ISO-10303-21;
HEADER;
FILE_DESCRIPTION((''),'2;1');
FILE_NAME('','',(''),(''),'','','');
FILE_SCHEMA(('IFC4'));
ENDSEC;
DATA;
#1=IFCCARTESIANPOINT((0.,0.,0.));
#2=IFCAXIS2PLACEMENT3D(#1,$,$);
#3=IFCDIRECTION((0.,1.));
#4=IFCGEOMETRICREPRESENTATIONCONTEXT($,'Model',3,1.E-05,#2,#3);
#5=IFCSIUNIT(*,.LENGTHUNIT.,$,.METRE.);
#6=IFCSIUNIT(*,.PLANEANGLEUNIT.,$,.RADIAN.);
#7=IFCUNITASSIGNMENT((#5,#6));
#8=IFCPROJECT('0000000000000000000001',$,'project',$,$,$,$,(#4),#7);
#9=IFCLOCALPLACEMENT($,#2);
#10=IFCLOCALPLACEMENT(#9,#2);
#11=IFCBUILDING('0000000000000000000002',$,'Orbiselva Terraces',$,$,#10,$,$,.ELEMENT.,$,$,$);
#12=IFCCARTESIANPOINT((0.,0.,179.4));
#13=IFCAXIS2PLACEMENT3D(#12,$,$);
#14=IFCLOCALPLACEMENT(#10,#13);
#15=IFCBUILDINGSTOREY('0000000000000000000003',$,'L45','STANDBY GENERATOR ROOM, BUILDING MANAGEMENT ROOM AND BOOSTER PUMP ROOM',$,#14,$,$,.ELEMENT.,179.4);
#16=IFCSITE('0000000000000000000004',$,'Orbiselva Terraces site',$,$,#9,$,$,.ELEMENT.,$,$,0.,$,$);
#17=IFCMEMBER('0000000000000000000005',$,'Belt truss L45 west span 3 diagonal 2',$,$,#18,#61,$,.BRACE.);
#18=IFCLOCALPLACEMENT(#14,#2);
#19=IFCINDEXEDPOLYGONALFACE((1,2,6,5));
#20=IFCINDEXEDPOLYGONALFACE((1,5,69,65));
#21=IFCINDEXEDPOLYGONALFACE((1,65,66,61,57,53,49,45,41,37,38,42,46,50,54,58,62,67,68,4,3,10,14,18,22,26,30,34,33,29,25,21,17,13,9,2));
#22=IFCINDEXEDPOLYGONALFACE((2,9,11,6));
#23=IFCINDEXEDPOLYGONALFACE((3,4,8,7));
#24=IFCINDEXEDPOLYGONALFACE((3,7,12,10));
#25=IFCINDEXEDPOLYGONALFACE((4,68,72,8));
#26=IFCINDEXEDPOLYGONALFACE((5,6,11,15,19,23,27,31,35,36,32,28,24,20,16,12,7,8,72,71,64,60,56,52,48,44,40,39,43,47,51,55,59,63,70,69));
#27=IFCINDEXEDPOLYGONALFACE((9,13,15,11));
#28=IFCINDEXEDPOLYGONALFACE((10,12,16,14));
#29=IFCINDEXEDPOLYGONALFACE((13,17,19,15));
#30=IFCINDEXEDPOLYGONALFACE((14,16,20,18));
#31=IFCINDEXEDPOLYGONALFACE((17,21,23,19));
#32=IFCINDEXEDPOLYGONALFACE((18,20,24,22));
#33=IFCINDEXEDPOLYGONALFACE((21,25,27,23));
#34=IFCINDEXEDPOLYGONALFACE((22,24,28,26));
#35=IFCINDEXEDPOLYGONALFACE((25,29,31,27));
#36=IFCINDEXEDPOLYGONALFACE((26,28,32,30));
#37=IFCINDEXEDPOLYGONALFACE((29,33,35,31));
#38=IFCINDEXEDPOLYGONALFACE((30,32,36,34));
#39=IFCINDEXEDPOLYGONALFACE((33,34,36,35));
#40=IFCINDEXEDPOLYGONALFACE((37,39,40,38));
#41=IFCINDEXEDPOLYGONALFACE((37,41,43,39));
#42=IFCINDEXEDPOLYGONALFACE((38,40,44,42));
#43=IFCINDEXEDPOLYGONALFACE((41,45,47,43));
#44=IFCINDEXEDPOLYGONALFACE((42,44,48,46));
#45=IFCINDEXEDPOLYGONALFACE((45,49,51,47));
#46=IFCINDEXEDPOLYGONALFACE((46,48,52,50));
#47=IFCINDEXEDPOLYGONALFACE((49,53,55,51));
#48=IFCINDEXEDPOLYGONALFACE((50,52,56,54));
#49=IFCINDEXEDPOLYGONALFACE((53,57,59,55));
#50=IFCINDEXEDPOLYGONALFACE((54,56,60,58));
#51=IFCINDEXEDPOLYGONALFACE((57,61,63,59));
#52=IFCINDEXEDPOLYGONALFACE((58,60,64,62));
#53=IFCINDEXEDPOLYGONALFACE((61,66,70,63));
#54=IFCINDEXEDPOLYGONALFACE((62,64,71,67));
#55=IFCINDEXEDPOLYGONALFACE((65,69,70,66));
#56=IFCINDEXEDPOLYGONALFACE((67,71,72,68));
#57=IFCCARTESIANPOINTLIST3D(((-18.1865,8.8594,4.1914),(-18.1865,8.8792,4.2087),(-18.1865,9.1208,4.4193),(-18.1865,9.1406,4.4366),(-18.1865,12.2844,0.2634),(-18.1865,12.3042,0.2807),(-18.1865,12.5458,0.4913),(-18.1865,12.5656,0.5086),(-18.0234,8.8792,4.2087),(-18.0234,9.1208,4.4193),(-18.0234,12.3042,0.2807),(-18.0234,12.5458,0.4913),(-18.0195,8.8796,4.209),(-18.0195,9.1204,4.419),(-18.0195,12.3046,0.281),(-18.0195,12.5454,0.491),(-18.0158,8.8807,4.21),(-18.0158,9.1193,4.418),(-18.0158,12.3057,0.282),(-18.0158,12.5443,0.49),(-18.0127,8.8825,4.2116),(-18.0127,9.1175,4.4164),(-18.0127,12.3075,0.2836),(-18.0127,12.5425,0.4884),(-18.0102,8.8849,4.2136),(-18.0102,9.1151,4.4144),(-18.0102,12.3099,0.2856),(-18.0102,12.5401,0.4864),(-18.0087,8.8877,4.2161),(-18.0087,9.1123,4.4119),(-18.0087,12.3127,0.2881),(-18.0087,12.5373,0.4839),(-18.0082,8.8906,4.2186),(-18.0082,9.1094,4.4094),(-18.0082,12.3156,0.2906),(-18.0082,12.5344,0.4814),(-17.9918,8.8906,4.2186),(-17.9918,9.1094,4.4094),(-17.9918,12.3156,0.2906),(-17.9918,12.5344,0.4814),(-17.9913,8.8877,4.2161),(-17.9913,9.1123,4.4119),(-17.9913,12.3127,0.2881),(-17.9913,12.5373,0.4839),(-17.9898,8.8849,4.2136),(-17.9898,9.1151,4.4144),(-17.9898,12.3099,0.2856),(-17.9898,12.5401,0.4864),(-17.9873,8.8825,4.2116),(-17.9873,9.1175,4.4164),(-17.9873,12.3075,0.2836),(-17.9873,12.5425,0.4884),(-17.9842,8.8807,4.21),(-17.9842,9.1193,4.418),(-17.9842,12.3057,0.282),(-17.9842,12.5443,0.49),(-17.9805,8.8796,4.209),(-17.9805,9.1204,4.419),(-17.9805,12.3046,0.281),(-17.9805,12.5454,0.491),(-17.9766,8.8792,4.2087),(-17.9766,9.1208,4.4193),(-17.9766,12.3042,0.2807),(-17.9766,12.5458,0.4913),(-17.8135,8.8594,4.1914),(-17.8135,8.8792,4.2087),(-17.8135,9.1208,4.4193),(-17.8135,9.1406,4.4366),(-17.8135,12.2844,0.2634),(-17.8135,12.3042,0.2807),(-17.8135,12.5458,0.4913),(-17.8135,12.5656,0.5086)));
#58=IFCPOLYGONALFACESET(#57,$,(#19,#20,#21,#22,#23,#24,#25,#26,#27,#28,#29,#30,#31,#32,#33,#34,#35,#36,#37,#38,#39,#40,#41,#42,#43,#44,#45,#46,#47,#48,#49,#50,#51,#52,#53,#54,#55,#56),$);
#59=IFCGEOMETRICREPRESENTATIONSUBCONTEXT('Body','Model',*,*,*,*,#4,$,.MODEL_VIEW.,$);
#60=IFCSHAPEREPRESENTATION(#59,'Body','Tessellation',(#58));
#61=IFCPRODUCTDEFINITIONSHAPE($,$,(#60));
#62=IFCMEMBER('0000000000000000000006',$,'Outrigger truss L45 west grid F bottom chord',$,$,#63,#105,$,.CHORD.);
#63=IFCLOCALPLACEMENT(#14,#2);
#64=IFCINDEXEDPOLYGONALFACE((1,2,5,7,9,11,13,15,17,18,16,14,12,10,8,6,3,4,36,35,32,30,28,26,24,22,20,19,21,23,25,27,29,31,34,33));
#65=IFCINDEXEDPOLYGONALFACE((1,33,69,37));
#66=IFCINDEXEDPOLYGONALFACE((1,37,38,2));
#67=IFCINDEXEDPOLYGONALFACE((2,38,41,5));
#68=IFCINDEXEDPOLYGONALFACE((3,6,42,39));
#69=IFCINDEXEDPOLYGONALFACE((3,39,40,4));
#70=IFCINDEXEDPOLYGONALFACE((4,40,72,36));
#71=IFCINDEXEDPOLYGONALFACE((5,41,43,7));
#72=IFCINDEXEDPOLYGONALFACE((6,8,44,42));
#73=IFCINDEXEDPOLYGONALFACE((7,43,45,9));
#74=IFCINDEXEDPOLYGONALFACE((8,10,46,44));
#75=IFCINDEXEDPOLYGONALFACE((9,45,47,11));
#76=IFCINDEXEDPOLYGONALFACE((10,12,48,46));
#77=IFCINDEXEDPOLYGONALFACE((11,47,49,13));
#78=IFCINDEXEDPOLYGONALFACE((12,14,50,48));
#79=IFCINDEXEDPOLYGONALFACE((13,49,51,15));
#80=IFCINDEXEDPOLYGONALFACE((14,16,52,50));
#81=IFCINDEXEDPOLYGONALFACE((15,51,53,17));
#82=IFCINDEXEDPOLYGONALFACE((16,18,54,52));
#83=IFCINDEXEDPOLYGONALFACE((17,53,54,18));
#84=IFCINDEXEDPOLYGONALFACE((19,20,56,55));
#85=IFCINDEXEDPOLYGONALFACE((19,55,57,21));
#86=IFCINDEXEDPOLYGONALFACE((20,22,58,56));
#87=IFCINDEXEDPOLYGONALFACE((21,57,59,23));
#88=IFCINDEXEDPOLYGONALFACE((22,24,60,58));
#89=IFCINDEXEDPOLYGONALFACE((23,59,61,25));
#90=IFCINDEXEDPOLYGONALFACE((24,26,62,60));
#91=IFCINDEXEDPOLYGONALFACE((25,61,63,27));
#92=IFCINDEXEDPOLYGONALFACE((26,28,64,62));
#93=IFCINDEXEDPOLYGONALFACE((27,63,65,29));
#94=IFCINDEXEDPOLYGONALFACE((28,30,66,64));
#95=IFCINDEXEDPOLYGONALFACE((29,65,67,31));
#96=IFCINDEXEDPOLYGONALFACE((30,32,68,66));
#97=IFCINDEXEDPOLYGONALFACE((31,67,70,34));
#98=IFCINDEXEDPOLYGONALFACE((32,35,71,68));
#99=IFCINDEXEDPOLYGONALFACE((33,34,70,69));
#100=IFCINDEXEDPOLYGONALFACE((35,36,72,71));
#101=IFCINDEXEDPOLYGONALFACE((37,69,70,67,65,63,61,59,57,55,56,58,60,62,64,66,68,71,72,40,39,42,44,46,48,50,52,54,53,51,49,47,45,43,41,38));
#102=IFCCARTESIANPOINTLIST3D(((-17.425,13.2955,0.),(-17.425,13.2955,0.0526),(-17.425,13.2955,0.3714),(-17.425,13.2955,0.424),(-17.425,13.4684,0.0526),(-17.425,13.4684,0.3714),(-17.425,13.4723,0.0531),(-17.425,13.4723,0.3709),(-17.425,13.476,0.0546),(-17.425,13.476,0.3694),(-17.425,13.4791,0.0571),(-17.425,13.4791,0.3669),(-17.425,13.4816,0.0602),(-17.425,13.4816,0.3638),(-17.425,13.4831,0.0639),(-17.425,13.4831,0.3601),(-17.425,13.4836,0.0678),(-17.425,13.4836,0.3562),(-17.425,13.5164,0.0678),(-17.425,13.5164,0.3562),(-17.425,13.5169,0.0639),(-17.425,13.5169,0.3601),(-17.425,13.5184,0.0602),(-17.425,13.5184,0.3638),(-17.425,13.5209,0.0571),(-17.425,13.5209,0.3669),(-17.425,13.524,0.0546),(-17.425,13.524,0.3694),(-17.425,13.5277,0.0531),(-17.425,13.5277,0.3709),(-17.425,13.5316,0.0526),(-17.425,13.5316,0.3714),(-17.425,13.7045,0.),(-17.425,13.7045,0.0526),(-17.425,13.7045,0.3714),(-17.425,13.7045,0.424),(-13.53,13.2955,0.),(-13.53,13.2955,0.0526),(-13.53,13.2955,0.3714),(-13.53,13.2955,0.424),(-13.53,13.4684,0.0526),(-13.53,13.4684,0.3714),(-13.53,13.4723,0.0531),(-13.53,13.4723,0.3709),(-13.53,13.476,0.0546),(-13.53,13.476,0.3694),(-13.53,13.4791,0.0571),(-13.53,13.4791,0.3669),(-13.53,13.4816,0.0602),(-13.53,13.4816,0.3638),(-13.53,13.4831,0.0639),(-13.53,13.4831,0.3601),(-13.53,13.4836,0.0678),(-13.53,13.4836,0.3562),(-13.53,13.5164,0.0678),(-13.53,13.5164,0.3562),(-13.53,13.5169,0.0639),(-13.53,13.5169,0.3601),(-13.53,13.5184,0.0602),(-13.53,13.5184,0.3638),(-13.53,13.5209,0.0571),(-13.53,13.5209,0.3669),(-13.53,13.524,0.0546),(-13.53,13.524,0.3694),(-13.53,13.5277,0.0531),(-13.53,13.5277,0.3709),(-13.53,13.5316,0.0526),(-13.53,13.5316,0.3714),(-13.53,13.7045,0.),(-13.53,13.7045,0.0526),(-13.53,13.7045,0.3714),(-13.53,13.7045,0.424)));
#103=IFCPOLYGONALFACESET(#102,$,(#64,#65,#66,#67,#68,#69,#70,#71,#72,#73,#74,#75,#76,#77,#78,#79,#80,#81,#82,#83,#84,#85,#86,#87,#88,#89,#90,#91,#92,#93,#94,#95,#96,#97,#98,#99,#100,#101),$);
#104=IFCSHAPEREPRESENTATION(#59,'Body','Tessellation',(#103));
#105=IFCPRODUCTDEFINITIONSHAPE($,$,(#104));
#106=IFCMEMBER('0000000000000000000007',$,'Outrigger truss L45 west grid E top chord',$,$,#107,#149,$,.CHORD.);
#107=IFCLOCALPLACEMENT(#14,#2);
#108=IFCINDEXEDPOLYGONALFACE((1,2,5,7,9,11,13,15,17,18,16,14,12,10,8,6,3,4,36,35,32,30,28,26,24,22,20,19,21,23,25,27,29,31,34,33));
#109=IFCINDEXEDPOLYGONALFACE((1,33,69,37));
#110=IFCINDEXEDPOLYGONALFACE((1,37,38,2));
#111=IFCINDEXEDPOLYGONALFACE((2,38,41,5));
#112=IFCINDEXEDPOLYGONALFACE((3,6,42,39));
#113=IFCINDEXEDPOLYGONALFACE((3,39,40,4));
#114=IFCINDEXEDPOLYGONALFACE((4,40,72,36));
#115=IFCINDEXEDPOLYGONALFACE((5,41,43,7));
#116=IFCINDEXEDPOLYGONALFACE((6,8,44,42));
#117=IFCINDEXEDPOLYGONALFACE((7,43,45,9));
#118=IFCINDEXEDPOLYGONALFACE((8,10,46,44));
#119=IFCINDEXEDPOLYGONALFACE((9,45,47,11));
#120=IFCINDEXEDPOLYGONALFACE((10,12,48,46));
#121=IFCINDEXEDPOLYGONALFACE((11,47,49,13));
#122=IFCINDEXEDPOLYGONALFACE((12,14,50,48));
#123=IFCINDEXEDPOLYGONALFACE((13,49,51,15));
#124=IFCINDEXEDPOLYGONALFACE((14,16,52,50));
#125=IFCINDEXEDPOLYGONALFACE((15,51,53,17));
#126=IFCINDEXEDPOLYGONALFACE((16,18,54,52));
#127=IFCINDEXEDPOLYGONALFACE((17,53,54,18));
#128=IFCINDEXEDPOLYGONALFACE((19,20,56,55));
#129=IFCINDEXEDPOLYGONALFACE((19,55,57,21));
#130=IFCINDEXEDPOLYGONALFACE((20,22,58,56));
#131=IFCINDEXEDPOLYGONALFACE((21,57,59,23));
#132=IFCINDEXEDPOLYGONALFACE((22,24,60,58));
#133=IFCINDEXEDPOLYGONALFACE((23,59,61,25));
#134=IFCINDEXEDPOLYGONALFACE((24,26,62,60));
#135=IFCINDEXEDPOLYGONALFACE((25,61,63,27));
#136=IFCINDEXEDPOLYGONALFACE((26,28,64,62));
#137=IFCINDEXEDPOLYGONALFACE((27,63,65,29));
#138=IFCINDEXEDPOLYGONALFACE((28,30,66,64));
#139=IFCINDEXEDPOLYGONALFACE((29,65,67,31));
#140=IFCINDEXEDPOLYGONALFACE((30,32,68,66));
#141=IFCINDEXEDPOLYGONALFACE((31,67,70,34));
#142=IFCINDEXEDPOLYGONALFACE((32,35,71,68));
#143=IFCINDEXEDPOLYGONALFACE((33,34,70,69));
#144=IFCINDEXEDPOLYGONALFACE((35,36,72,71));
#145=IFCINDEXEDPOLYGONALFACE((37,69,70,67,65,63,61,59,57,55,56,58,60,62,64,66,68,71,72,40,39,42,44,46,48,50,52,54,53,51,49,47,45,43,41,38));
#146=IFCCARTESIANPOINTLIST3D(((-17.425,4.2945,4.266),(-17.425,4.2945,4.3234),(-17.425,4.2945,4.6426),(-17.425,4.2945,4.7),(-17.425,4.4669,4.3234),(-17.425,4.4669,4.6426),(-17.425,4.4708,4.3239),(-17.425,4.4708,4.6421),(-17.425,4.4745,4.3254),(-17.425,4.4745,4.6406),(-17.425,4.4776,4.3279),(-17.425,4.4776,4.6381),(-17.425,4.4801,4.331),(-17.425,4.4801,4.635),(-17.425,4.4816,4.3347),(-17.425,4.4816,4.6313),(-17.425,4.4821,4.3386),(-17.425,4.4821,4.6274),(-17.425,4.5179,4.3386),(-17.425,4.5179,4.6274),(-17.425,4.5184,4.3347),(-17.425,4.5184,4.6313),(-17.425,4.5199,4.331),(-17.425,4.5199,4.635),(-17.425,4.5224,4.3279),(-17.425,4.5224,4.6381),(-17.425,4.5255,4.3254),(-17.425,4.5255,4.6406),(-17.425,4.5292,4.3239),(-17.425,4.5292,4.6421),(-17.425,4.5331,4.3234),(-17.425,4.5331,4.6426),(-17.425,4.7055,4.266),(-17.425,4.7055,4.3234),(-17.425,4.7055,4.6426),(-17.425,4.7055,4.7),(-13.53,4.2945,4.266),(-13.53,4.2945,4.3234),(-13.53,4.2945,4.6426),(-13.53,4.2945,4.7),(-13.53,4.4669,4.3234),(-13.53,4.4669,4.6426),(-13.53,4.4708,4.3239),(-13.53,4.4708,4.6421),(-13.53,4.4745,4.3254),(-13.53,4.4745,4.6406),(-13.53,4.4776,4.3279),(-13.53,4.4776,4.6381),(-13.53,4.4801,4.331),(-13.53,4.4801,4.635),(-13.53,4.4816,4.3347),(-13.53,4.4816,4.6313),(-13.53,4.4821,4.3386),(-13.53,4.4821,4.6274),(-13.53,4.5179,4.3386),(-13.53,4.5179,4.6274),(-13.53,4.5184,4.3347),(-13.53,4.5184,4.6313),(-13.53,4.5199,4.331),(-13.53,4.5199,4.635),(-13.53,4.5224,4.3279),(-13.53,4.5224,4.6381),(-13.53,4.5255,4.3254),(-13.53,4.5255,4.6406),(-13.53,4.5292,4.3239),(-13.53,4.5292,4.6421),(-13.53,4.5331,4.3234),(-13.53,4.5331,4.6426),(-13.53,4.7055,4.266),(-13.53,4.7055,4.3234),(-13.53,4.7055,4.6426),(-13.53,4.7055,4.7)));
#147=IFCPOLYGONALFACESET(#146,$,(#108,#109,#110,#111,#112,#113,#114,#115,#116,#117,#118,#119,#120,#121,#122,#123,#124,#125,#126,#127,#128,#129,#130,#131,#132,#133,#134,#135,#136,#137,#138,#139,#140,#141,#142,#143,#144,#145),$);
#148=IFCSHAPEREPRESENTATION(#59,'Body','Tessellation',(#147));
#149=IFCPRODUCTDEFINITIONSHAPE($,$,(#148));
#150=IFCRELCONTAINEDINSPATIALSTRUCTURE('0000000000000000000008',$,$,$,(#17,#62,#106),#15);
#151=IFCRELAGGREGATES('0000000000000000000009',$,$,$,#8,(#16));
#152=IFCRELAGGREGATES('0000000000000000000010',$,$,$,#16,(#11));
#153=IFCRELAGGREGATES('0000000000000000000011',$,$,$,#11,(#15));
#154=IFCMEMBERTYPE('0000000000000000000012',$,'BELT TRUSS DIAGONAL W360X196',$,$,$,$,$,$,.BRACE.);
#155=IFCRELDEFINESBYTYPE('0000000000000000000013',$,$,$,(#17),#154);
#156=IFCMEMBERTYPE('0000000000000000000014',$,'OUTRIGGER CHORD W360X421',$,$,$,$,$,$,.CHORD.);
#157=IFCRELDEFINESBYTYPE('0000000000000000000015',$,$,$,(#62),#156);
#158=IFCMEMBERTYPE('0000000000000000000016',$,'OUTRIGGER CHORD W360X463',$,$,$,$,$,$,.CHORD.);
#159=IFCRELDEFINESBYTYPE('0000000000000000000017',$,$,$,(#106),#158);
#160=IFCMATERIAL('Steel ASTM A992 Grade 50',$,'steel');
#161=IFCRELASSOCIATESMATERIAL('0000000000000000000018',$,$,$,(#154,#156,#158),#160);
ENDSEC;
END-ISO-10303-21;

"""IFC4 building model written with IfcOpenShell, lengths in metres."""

from ifc_helpers import new_model, si_unit, direction, frame, origin, origin_2d, place, context, subcontext, project, spatial, i_section, extrude, material, material_profile, profile_set, type_object, element, save


model = new_model("IFC4")

# Units and contexts
model_context = context("Model", 3, precision=1e-05, world=origin(), true_north=direction((0.0, 1.0)))
body_context = subcontext(model_context, "Body", "Model", "MODEL_VIEW")
ifc_project = project(units=[si_unit("LENGTHUNIT", "METRE"), si_unit("PLANEANGLEUNIT", "RADIAN")], contexts=[model_context])

# Site, building, storey
site_placement = place(None, origin())
site = spatial("IfcSite", under=ifc_project, at=site_placement, Name="Orbiselva Terraces site", CompositionType="ELEMENT", RefElevation=0.0)
building_placement = place(site_placement, origin())
building = spatial("IfcBuilding", under=site, at=building_placement, Name="Orbiselva Terraces", CompositionType="ELEMENT")
storey_placement = place(building_placement, frame((0.0, 0.0, 179.4)))
storey = spatial("IfcBuildingStorey", under=building, at=storey_placement, Name="L45", Description="STANDBY GENERATOR ROOM, BUILDING MANAGEMENT ROOM AND BOOSTER PUMP ROOM", CompositionType="ELEMENT", Elevation=179.4)

# Members
ifc_material_1 = material(Name="Steel ASTM A992 Grade 50", Category="steel")
ifc_material_profile_1 = material_profile(ifc_material_1, i_section(OverallWidth=0.373, OverallDepth=0.373, WebThickness=0.0164, FlangeThickness=0.0262, FilletRadius=0.0152, at=origin_2d()), Name="W360X196")
ifc_profile_set_1 = profile_set([ifc_material_profile_1], Name="Steel ASTM A992 Grade 50")
member_type_1 = type_object("IfcMemberType", Name="BELT TRUSS DIAGONAL W360X196", PredefinedType="BRACE", material=ifc_profile_set_1)
for number, where, z_axis, x_axis, name in (
    (1, (-18.0, 9.0, 4.314), (0.0, 0.657199, -0.753717), (-1.0, 0.0, 0.0), "Belt truss L45 west span 3 diagonal 2"),
):
    element("IfcMember", number, at=place(storey_placement, frame(where, z_axis=z_axis, x_axis=x_axis)), inside=storey, type_object=member_type_1, Name=name, PredefinedType="BRACE", context=body_context, shape_type="SweptSolid", body=[
        extrude(i_section(OverallWidth=0.373, OverallDepth=0.373, WebThickness=0.0164, FlangeThickness=0.0262, FilletRadius=0.0152, at=origin_2d()), origin(), (0.0, 0.0, 1.0), 5.2115),
    ])
ifc_material_profile_2 = material_profile(ifc_material_1, i_section(OverallWidth=0.409, OverallDepth=0.424, WebThickness=0.0328, FlangeThickness=0.0526, FilletRadius=0.0152, at=origin_2d()), Name="W360X421")
ifc_profile_set_2 = profile_set([ifc_material_profile_2], Name="Steel ASTM A992 Grade 50")
member_type_2 = type_object("IfcMemberType", Name="OUTRIGGER CHORD W360X421", PredefinedType="CHORD", material=ifc_profile_set_2)
member_1_placement = place(storey_placement, frame((-13.53, 13.5, 0.212), z_axis=(-1.0, 0.0, 0.0), x_axis=(0.0, -1.0, 0.0)))
element("IfcMember", 2, at=member_1_placement, inside=storey, type_object=member_type_2, Name="Outrigger truss L45 west grid F bottom chord", PredefinedType="CHORD", context=body_context, shape_type="SweptSolid", body=[
    extrude(i_section(OverallWidth=0.409, OverallDepth=0.424, WebThickness=0.0328, FlangeThickness=0.0526, FilletRadius=0.0152, at=origin_2d()), origin(), (0.0, 0.0, 1.0), 3.895),
])
ifc_material_profile_3 = material_profile(ifc_material_1, i_section(OverallWidth=0.411, OverallDepth=0.434, WebThickness=0.0358, FlangeThickness=0.0574, FilletRadius=0.0152, at=origin_2d()), Name="W360X463")
ifc_profile_set_3 = profile_set([ifc_material_profile_3], Name="Steel ASTM A992 Grade 50")
member_type_3 = type_object("IfcMemberType", Name="OUTRIGGER CHORD W360X463", PredefinedType="CHORD", material=ifc_profile_set_3)
member_2_placement = place(storey_placement, frame((-13.53, 4.5, 4.483), z_axis=(-1.0, 0.0, 0.0), x_axis=(0.0, -1.0, 0.0)))
element("IfcMember", 3, at=member_2_placement, inside=storey, type_object=member_type_3, Name="Outrigger truss L45 west grid E top chord", PredefinedType="CHORD", context=body_context, shape_type="SweptSolid", body=[
    extrude(i_section(OverallWidth=0.411, OverallDepth=0.434, WebThickness=0.0358, FlangeThickness=0.0574, FilletRadius=0.0152, at=origin_2d()), origin(), (0.0, 0.0, 1.0), 3.895),
])

save(model, "model.ifc")
